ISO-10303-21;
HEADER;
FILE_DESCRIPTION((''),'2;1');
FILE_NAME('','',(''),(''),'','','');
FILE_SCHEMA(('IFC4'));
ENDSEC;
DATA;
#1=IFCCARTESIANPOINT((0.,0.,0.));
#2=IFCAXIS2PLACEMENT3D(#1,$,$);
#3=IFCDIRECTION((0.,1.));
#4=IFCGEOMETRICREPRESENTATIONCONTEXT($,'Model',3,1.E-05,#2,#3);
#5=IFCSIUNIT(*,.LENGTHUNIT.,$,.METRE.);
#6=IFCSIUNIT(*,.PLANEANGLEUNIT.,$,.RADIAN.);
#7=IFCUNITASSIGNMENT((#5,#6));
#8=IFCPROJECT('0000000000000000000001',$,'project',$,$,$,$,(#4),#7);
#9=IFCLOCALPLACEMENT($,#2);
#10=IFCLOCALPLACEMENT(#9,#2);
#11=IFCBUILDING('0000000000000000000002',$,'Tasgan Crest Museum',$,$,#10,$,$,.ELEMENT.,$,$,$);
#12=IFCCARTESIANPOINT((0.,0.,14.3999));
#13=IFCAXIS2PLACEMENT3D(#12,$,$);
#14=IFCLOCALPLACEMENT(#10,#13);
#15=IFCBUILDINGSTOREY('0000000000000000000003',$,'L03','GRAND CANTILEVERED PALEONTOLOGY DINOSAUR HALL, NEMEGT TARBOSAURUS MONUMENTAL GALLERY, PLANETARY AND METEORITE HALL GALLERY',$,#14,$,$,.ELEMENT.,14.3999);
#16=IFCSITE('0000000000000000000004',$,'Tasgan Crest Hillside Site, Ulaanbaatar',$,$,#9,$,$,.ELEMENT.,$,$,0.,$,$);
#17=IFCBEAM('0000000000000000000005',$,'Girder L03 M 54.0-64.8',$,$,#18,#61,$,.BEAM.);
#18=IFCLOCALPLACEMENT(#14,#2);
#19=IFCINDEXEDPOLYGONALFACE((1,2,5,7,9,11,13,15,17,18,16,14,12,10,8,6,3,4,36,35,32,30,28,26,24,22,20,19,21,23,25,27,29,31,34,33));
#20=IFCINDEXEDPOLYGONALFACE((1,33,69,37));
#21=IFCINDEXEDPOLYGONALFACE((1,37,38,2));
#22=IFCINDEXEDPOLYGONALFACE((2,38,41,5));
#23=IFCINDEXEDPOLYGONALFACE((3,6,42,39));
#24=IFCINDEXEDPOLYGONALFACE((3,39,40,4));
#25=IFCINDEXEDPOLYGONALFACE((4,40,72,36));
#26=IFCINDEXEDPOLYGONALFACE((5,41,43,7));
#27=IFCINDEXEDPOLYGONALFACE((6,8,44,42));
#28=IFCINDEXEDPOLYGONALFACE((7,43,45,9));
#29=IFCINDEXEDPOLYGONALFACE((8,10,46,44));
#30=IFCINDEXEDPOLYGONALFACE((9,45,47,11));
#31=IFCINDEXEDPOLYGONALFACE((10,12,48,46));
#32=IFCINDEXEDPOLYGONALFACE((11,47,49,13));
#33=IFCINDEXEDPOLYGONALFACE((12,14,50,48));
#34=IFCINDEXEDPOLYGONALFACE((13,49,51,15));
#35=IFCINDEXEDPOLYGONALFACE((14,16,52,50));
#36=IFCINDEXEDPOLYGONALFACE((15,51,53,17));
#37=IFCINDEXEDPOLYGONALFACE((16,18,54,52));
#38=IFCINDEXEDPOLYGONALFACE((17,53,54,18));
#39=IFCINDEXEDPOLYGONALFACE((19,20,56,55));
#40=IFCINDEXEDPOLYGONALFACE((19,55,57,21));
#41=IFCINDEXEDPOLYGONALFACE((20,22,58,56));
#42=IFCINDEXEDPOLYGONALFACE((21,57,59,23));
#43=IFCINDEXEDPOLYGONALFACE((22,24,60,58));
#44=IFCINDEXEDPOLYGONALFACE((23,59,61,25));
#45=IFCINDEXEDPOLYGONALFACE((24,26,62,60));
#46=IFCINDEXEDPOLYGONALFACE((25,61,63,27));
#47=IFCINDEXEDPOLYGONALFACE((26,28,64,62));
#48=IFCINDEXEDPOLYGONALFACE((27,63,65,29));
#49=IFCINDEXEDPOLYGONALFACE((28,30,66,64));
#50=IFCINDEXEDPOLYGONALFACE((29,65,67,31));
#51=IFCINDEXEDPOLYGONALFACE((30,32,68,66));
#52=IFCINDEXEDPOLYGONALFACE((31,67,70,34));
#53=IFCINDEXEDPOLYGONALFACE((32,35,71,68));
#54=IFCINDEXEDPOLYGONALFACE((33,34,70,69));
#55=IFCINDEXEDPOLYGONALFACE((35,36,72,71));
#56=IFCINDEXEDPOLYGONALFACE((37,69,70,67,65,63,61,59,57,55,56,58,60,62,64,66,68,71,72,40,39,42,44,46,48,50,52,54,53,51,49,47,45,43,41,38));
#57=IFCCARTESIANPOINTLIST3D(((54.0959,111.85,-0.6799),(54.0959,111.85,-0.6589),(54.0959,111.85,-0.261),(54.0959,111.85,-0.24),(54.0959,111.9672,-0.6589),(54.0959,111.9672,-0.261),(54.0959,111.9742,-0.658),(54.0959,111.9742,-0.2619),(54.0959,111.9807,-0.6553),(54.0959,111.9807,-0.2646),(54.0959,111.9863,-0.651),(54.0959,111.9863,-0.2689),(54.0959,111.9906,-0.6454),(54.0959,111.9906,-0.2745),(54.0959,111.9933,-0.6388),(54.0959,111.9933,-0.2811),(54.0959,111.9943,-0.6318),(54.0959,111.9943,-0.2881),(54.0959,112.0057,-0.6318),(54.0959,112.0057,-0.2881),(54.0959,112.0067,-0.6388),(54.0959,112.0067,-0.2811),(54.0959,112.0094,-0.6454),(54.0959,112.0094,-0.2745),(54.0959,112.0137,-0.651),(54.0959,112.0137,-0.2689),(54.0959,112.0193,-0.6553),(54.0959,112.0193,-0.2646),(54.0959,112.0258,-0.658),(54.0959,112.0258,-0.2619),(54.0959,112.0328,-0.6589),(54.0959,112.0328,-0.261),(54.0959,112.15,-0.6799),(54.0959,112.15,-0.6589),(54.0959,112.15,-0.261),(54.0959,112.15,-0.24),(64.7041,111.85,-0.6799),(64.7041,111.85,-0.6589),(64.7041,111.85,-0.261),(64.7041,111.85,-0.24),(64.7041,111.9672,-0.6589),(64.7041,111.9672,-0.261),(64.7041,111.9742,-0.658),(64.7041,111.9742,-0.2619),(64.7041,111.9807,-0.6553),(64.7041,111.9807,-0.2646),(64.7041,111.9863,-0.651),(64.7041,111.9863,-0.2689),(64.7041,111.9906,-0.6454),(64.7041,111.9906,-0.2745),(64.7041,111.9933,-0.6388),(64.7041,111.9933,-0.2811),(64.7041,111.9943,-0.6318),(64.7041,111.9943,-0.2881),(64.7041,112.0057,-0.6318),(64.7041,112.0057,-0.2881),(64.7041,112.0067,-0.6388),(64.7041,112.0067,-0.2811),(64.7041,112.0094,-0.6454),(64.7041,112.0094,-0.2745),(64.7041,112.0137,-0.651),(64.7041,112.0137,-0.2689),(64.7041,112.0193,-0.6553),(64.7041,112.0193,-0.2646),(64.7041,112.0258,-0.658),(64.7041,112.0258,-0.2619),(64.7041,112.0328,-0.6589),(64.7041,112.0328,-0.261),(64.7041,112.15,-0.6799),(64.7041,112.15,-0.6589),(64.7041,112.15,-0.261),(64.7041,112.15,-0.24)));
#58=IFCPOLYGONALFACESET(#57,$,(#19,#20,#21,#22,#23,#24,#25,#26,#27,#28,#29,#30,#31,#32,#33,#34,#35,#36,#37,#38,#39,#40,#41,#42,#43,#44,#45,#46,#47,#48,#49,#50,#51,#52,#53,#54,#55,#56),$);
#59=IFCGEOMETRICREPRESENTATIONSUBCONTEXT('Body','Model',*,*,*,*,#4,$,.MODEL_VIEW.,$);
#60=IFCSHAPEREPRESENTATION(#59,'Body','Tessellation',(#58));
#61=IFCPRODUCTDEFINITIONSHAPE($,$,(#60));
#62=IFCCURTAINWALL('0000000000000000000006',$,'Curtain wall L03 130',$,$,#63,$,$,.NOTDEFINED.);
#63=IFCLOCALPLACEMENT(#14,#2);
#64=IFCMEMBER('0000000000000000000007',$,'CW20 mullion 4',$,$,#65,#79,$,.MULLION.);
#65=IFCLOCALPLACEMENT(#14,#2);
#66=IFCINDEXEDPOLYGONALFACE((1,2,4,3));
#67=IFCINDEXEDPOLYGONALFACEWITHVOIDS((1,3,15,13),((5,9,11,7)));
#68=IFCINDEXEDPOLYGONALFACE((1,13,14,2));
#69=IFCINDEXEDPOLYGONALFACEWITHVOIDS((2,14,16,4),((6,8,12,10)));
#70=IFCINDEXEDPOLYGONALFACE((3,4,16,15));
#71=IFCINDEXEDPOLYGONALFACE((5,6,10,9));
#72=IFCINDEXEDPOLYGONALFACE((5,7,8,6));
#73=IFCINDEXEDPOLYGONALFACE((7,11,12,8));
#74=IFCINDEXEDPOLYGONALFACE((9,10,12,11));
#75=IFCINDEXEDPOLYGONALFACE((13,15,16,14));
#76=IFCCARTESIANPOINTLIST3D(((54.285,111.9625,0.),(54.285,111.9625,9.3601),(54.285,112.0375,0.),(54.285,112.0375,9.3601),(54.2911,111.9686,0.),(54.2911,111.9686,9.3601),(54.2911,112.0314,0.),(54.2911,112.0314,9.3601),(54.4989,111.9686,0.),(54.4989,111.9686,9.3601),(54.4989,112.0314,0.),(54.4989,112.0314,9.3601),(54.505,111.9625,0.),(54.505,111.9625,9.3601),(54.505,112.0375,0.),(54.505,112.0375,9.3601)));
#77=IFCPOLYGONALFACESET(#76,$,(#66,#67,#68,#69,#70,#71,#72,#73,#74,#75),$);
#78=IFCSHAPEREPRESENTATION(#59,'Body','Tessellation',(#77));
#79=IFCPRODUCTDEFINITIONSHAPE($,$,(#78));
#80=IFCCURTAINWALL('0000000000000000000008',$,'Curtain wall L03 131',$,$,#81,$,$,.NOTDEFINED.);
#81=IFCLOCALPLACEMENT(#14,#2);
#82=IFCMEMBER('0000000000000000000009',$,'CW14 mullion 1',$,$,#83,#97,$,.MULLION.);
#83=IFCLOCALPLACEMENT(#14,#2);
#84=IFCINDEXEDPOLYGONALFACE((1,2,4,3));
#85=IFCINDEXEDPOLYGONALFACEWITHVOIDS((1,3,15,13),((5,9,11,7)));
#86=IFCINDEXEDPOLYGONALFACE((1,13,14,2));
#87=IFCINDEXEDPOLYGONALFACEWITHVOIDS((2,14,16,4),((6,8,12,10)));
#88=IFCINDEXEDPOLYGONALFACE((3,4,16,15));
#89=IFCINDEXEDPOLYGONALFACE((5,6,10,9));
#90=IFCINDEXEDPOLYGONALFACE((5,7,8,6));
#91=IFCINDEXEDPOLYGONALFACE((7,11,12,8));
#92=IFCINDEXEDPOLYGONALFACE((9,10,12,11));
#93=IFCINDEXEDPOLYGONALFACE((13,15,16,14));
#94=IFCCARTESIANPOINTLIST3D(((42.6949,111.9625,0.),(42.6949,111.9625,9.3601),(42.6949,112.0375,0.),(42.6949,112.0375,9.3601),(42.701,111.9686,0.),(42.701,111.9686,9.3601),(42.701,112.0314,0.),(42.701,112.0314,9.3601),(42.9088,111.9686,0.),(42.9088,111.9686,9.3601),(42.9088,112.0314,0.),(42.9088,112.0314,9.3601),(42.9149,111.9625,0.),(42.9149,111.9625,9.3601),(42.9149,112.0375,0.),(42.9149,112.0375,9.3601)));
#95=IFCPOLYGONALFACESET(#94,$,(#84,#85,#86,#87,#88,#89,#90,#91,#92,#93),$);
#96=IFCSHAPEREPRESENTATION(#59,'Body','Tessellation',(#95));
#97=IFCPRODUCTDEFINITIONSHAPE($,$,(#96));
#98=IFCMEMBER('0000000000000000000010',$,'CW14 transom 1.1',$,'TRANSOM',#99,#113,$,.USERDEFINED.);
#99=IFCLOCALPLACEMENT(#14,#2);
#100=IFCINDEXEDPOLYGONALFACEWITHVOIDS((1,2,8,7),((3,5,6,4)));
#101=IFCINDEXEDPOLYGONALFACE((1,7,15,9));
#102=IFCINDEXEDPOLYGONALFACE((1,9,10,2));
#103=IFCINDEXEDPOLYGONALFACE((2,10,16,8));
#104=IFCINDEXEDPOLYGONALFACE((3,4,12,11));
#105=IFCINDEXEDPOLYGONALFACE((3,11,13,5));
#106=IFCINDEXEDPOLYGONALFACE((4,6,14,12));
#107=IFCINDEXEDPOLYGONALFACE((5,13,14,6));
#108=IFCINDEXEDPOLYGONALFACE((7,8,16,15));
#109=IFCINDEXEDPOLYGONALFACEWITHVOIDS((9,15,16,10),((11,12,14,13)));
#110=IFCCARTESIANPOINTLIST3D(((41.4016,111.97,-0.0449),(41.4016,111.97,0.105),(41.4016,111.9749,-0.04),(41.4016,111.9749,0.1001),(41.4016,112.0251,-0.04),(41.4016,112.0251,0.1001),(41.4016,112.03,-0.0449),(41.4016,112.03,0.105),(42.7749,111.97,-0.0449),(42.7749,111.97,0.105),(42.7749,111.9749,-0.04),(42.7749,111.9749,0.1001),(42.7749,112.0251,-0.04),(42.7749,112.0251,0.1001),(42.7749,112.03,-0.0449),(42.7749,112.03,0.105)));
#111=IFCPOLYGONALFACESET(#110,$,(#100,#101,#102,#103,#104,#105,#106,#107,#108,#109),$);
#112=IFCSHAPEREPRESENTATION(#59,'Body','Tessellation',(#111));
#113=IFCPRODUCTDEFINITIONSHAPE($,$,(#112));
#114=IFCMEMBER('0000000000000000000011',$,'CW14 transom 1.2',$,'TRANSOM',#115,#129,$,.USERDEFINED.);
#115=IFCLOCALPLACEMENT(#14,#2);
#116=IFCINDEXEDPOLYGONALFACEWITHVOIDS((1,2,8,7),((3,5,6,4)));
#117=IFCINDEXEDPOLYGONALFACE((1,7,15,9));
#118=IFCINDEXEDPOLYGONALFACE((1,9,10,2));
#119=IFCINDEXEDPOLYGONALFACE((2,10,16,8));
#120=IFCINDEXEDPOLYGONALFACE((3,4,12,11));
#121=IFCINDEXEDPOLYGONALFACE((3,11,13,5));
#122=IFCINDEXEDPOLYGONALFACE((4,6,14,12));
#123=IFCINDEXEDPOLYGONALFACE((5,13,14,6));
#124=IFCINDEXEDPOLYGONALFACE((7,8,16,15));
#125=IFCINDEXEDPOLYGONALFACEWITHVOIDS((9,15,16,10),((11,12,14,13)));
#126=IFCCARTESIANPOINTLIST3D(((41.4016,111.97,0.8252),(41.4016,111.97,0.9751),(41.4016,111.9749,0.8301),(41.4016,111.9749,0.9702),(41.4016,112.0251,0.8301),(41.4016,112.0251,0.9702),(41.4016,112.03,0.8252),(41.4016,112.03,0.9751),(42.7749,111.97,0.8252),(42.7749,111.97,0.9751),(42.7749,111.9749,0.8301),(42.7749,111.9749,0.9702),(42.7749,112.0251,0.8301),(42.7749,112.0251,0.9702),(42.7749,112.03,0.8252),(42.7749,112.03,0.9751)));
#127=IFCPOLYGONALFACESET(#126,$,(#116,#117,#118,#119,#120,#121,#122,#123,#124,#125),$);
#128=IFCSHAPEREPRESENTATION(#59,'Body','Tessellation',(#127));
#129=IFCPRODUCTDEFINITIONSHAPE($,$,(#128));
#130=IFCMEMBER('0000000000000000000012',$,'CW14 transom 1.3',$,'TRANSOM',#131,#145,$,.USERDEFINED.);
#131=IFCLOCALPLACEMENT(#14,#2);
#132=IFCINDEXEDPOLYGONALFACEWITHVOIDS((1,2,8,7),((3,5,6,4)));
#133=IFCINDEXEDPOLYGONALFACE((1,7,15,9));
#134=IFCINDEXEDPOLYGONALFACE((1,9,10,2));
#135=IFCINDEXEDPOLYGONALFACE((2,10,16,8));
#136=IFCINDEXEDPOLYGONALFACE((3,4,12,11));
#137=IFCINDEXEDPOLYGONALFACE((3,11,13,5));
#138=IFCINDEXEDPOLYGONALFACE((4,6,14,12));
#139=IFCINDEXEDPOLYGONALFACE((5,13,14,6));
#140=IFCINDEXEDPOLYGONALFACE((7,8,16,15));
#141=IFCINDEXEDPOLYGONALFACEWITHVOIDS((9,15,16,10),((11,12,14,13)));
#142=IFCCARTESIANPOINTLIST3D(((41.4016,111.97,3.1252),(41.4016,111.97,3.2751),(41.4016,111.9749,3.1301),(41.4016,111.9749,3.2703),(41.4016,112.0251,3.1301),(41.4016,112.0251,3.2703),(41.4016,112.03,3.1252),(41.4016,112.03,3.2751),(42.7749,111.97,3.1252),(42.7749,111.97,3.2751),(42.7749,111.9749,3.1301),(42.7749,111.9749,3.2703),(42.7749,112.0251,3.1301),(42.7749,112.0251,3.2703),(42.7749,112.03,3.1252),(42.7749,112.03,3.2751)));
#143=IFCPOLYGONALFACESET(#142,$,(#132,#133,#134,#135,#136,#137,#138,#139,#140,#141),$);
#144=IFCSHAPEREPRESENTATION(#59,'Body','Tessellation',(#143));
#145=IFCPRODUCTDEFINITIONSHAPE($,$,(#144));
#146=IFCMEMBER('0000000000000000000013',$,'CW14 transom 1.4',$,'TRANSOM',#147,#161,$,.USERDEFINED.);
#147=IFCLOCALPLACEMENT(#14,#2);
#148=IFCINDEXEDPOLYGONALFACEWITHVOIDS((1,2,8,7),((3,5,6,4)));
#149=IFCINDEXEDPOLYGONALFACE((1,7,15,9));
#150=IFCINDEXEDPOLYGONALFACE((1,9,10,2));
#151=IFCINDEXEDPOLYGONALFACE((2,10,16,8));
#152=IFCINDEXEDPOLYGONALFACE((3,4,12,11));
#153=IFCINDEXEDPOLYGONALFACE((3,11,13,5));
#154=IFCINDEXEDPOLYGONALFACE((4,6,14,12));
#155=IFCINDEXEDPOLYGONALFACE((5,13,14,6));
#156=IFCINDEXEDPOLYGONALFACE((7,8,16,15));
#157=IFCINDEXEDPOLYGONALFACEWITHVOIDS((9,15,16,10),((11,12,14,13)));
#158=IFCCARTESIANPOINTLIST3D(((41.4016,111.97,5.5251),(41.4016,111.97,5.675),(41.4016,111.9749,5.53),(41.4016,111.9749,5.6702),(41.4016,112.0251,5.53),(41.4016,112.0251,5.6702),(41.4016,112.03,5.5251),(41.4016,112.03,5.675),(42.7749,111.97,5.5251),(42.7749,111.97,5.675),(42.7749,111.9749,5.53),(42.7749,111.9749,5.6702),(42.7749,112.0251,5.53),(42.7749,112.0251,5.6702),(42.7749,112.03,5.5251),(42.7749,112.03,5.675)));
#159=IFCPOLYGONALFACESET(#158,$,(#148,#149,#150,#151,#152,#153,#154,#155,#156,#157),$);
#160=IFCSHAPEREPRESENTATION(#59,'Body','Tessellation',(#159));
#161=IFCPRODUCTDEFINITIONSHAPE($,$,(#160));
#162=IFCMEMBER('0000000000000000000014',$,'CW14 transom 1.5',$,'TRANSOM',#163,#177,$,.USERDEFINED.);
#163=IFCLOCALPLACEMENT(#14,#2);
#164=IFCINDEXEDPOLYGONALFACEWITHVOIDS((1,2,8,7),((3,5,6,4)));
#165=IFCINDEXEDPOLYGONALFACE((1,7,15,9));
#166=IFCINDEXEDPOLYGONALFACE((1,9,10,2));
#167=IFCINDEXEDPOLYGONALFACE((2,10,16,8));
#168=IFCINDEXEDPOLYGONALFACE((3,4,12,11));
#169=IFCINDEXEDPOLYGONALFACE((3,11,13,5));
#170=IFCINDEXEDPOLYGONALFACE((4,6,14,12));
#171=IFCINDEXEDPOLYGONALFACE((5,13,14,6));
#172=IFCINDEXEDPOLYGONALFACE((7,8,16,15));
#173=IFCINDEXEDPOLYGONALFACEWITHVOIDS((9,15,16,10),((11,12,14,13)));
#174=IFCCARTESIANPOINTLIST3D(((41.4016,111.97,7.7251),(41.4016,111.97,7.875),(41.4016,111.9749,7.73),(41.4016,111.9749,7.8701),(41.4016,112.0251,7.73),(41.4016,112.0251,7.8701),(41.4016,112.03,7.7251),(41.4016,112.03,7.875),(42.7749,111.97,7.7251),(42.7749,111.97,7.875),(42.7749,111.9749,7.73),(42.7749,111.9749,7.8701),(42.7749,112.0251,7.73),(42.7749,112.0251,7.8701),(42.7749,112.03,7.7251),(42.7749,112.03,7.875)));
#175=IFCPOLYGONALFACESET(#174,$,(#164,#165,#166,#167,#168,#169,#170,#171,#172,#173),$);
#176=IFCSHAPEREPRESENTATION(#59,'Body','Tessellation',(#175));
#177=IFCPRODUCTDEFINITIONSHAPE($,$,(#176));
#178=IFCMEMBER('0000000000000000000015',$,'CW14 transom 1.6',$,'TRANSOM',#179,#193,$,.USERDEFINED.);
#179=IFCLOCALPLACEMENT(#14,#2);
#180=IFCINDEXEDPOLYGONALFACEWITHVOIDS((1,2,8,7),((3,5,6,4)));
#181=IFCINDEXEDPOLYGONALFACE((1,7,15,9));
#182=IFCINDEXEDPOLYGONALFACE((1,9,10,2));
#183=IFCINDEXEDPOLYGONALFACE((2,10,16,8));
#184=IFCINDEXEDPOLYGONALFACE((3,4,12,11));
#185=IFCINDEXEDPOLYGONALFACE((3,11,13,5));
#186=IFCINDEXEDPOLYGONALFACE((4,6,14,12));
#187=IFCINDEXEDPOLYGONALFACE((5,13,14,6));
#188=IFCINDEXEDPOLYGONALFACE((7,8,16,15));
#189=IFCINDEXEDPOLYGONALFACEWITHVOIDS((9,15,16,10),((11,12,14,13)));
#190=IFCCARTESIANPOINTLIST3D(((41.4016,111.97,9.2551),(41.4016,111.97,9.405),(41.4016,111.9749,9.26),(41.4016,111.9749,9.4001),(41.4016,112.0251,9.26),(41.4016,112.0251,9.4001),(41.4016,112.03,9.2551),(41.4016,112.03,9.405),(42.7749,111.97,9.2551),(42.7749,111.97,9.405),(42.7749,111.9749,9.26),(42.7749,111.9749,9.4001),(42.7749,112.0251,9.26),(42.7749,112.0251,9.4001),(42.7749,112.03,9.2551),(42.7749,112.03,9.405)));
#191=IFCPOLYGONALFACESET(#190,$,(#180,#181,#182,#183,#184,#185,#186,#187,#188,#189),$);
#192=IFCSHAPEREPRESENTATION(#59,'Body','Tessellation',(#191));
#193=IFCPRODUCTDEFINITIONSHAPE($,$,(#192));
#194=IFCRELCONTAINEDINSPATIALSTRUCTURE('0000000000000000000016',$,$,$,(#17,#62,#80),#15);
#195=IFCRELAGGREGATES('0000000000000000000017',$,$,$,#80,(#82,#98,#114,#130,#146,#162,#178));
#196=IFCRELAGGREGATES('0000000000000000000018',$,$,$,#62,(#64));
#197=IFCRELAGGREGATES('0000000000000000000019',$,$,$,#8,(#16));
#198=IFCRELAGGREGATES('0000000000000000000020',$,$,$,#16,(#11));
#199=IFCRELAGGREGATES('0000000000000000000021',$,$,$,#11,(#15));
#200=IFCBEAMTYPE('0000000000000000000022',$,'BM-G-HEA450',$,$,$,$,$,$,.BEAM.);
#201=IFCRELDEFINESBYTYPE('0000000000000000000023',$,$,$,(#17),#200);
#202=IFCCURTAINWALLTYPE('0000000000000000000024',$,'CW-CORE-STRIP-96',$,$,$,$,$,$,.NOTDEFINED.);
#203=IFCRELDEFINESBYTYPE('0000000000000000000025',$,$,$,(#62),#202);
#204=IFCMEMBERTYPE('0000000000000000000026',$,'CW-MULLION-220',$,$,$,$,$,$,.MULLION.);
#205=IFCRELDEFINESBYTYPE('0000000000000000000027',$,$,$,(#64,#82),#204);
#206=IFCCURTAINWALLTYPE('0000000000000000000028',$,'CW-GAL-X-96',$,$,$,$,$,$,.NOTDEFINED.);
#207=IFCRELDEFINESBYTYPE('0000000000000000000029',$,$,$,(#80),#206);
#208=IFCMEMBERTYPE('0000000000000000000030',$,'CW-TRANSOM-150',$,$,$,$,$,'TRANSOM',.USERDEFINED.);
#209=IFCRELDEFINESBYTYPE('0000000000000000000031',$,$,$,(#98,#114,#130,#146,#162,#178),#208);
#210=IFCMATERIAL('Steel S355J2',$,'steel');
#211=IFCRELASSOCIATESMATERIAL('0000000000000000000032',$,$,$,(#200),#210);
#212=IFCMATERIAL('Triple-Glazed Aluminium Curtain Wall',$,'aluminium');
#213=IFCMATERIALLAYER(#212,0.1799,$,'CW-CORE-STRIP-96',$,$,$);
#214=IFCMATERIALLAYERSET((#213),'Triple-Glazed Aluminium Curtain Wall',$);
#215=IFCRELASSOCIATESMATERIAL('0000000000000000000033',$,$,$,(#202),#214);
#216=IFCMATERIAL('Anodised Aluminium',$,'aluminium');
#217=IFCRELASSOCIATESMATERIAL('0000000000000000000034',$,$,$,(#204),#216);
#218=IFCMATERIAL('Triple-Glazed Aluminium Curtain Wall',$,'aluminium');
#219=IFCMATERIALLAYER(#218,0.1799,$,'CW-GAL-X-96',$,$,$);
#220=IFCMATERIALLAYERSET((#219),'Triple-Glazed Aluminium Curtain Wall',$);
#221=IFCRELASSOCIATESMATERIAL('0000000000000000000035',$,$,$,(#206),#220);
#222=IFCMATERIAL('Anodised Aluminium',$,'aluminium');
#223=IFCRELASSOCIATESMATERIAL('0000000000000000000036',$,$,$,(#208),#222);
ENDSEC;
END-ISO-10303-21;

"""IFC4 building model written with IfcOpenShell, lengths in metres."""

from ifc_helpers import new_model, si_unit, direction, frame, origin, origin_2d, place, context, subcontext, project, spatial, hollow_rectangle, i_section, extrude, material, layer, layer_set, material_profile, profile_set, type_object, element, aggregate, save


model = new_model("IFC4")

# Units and contexts
model_context = context("Model", 3, precision=1e-05, world=origin(), true_north=direction((0.0, 1.0)))
body_context = subcontext(model_context, "Body", "Model", "MODEL_VIEW")
ifc_project = project(units=[si_unit("LENGTHUNIT", "METRE"), si_unit("PLANEANGLEUNIT", "RADIAN")], contexts=[model_context])

# Site, building, storey
site_placement = place(None, origin())
site = spatial("IfcSite", under=ifc_project, at=site_placement, Name="Tasgan Crest Hillside Site, Ulaanbaatar", CompositionType="ELEMENT", RefElevation=0.0)
building_placement = place(site_placement, origin())
building = spatial("IfcBuilding", under=site, at=building_placement, Name="Tasgan Crest Museum", CompositionType="ELEMENT")
storey_placement = place(building_placement, frame((0.0, 0.0, 14.3999)))
storey = spatial("IfcBuildingStorey", under=building, at=storey_placement, Name="L03", Description="GRAND CANTILEVERED PALEONTOLOGY DINOSAUR HALL, NEMEGT TARBOSAURUS MONUMENTAL GALLERY, PLANETARY AND METEORITE HALL GALLERY", CompositionType="ELEMENT", Elevation=14.3999)

# Beam
ifc_material_1 = material(Name="Steel S355J2", Category="steel")
ifc_material_profile_1 = material_profile(ifc_material_1, i_section(OverallWidth=0.3, OverallDepth=0.4399, WebThickness=0.0115, FlangeThickness=0.021, FilletRadius=0.0271, at=origin_2d()), Name="HEA 450")
ifc_profile_set_1 = profile_set([ifc_material_profile_1], Name="Steel S355J2")
beam_type = type_object("IfcBeamType", Name="BM-G-HEA450", PredefinedType="BEAM", material=ifc_profile_set_1)
beam_1_placement = place(storey_placement, frame((54.0959, 112.0, -0.46), z_axis=(1.0, 0.0, 0.0), x_axis=(0.0, 1.0, 0.0)))
element("IfcBeam", 1, at=beam_1_placement, inside=storey, type_object=beam_type, Name="Girder L03 M 54.0-64.8", PredefinedType="BEAM", context=body_context, shape_type="SweptSolid", body=[
    extrude(i_section(OverallWidth=0.3, OverallDepth=0.4399, WebThickness=0.0115, FlangeThickness=0.021, FilletRadius=0.0271, at=origin_2d()), origin(), (0.0, 0.0, 1.0), 10.6082),
])

# Curtain wall, member
ifc_material_2 = material(Name="Triple-Glazed Aluminium Curtain Wall", Category="aluminium")
ifc_layer_1 = layer(ifc_material_2, 0.1799, Name="CW-CORE-STRIP-96")
ifc_layer_set_1 = layer_set([ifc_layer_1], Name="Triple-Glazed Aluminium Curtain Wall")
curtain_wall_type_1 = type_object("IfcCurtainWallType", Name="CW-CORE-STRIP-96", PredefinedType="NOTDEFINED", material=ifc_layer_set_1)
curtain_wall_1_placement = place(storey_placement, origin())
curtain_wall_1 = element("IfcCurtainWall", 2, at=curtain_wall_1_placement, inside=storey, type_object=curtain_wall_type_1, Name="Curtain wall L03 130", PredefinedType="NOTDEFINED")
ifc_material_3 = material(Name="Anodised Aluminium", Category="aluminium")
ifc_material_profile_2 = material_profile(ifc_material_3, hollow_rectangle(XDim=0.075, YDim=0.22, WallThickness=0.0061, at=origin_2d()), Name="ALU MULLION 220x75x6")
ifc_profile_set_2 = profile_set([ifc_material_profile_2], Name="Anodised Aluminium")
member_type_1 = type_object("IfcMemberType", Name="CW-MULLION-220", PredefinedType="MULLION", material=ifc_profile_set_2)
member_1_placement = place(storey_placement, frame((54.395, 112.0, 0.0), z_axis=(0.0, 0.0, 1.0), x_axis=(0.0, -1.0, 0.0)))
member_1 = element("IfcMember", 3, at=member_1_placement, type_object=member_type_1, Name="CW20 mullion 4", PredefinedType="MULLION", context=body_context, shape_type="SweptSolid", body=[
    extrude(hollow_rectangle(XDim=0.075, YDim=0.22, WallThickness=0.0061, at=origin_2d()), origin(), (0.0, 0.0, 1.0), 9.3601),
])

# Curtain wall, members
ifc_material_4 = material(Name="Triple-Glazed Aluminium Curtain Wall", Category="aluminium")
ifc_layer_2 = layer(ifc_material_4, 0.1799, Name="CW-GAL-X-96")
ifc_layer_set_2 = layer_set([ifc_layer_2], Name="Triple-Glazed Aluminium Curtain Wall")
curtain_wall_type_2 = type_object("IfcCurtainWallType", Name="CW-GAL-X-96", PredefinedType="NOTDEFINED", material=ifc_layer_set_2)
curtain_wall_2_placement = place(storey_placement, origin())
curtain_wall_2 = element("IfcCurtainWall", 4, at=curtain_wall_2_placement, inside=storey, type_object=curtain_wall_type_2, Name="Curtain wall L03 131", PredefinedType="NOTDEFINED")
member_2_placement = place(storey_placement, frame((42.8049, 112.0, 0.0), z_axis=(0.0, 0.0, 1.0), x_axis=(0.0, -1.0, 0.0)))
member_2 = element("IfcMember", 5, at=member_2_placement, type_object=member_type_1, Name="CW14 mullion 1", PredefinedType="MULLION", context=body_context, shape_type="SweptSolid", body=[
    extrude(hollow_rectangle(XDim=0.075, YDim=0.22, WallThickness=0.0061, at=origin_2d()), origin(), (0.0, 0.0, 1.0), 9.3601),
])
ifc_material_5 = material(Name="Anodised Aluminium", Category="aluminium")
ifc_material_profile_3 = material_profile(ifc_material_5, hollow_rectangle(XDim=0.0601, YDim=0.1499, WallThickness=0.0049, at=origin_2d()), Name="ALU TRANSOM 150x60x5")
ifc_profile_set_3 = profile_set([ifc_material_profile_3], Name="Anodised Aluminium")
member_type_2 = type_object("IfcMemberType", Name="CW-TRANSOM-150", ElementType="TRANSOM", PredefinedType="USERDEFINED", material=ifc_profile_set_3)
member_3_placement = place(storey_placement, frame((42.7749, 112.0, 0.03), z_axis=(-1.0, 0.0, 0.0), x_axis=(0.0, -1.0, 0.0)))
member_3 = element("IfcMember", 6, at=member_3_placement, type_object=member_type_2, Name="CW14 transom 1.1", ObjectType="TRANSOM", PredefinedType="USERDEFINED", context=body_context, shape_type="SweptSolid", body=[
    extrude(hollow_rectangle(XDim=0.0601, YDim=0.1499, WallThickness=0.0049, at=origin_2d()), origin(), (0.0, 0.0, 1.0), 1.3733),
])
member_4_placement = place(storey_placement, frame((42.7749, 112.0, 0.9001), z_axis=(-1.0, 0.0, 0.0), x_axis=(0.0, -1.0, 0.0)))
member_4 = element("IfcMember", 7, at=member_4_placement, type_object=member_type_2, Name="CW14 transom 1.2", ObjectType="TRANSOM", PredefinedType="USERDEFINED", context=body_context, shape_type="SweptSolid", body=[
    extrude(hollow_rectangle(XDim=0.0601, YDim=0.1499, WallThickness=0.0049, at=origin_2d()), origin(), (0.0, 0.0, 1.0), 1.3733),
])
member_5_placement = place(storey_placement, frame((42.7749, 112.0, 3.2002), z_axis=(-1.0, 0.0, 0.0), x_axis=(0.0, -1.0, 0.0)))
member_5 = element("IfcMember", 8, at=member_5_placement, type_object=member_type_2, Name="CW14 transom 1.3", ObjectType="TRANSOM", PredefinedType="USERDEFINED", context=body_context, shape_type="SweptSolid", body=[
    extrude(hollow_rectangle(XDim=0.0601, YDim=0.1499, WallThickness=0.0049, at=origin_2d()), origin(), (0.0, 0.0, 1.0), 1.3733),
])
member_6_placement = place(storey_placement, frame((42.7749, 112.0, 5.6001), z_axis=(-1.0, 0.0, 0.0), x_axis=(0.0, -1.0, 0.0)))
member_6 = element("IfcMember", 9, at=member_6_placement, type_object=member_type_2, Name="CW14 transom 1.4", ObjectType="TRANSOM", PredefinedType="USERDEFINED", context=body_context, shape_type="SweptSolid", body=[
    extrude(hollow_rectangle(XDim=0.0601, YDim=0.1499, WallThickness=0.0049, at=origin_2d()), origin(), (0.0, 0.0, 1.0), 1.3733),
])
member_7_placement = place(storey_placement, frame((42.7749, 112.0, 7.8), z_axis=(-1.0, 0.0, 0.0), x_axis=(0.0, -1.0, 0.0)))
member_7 = element("IfcMember", 10, at=member_7_placement, type_object=member_type_2, Name="CW14 transom 1.5", ObjectType="TRANSOM", PredefinedType="USERDEFINED", context=body_context, shape_type="SweptSolid", body=[
    extrude(hollow_rectangle(XDim=0.0601, YDim=0.1499, WallThickness=0.0049, at=origin_2d()), origin(), (0.0, 0.0, 1.0), 1.3733),
])
member_8_placement = place(storey_placement, frame((42.7749, 112.0, 9.3301), z_axis=(-1.0, 0.0, 0.0), x_axis=(0.0, -1.0, 0.0)))
member_8 = element("IfcMember", 11, at=member_8_placement, type_object=member_type_2, Name="CW14 transom 1.6", ObjectType="TRANSOM", PredefinedType="USERDEFINED", context=body_context, shape_type="SweptSolid", body=[
    extrude(hollow_rectangle(XDim=0.0601, YDim=0.1499, WallThickness=0.0049, at=origin_2d()), origin(), (0.0, 0.0, 1.0), 1.3733),
])
aggregate(curtain_wall_2, [member_2, member_3, member_4, member_5, member_6, member_7, member_8])

aggregate(curtain_wall_1, [member_1])

save(model, "model.ifc")
